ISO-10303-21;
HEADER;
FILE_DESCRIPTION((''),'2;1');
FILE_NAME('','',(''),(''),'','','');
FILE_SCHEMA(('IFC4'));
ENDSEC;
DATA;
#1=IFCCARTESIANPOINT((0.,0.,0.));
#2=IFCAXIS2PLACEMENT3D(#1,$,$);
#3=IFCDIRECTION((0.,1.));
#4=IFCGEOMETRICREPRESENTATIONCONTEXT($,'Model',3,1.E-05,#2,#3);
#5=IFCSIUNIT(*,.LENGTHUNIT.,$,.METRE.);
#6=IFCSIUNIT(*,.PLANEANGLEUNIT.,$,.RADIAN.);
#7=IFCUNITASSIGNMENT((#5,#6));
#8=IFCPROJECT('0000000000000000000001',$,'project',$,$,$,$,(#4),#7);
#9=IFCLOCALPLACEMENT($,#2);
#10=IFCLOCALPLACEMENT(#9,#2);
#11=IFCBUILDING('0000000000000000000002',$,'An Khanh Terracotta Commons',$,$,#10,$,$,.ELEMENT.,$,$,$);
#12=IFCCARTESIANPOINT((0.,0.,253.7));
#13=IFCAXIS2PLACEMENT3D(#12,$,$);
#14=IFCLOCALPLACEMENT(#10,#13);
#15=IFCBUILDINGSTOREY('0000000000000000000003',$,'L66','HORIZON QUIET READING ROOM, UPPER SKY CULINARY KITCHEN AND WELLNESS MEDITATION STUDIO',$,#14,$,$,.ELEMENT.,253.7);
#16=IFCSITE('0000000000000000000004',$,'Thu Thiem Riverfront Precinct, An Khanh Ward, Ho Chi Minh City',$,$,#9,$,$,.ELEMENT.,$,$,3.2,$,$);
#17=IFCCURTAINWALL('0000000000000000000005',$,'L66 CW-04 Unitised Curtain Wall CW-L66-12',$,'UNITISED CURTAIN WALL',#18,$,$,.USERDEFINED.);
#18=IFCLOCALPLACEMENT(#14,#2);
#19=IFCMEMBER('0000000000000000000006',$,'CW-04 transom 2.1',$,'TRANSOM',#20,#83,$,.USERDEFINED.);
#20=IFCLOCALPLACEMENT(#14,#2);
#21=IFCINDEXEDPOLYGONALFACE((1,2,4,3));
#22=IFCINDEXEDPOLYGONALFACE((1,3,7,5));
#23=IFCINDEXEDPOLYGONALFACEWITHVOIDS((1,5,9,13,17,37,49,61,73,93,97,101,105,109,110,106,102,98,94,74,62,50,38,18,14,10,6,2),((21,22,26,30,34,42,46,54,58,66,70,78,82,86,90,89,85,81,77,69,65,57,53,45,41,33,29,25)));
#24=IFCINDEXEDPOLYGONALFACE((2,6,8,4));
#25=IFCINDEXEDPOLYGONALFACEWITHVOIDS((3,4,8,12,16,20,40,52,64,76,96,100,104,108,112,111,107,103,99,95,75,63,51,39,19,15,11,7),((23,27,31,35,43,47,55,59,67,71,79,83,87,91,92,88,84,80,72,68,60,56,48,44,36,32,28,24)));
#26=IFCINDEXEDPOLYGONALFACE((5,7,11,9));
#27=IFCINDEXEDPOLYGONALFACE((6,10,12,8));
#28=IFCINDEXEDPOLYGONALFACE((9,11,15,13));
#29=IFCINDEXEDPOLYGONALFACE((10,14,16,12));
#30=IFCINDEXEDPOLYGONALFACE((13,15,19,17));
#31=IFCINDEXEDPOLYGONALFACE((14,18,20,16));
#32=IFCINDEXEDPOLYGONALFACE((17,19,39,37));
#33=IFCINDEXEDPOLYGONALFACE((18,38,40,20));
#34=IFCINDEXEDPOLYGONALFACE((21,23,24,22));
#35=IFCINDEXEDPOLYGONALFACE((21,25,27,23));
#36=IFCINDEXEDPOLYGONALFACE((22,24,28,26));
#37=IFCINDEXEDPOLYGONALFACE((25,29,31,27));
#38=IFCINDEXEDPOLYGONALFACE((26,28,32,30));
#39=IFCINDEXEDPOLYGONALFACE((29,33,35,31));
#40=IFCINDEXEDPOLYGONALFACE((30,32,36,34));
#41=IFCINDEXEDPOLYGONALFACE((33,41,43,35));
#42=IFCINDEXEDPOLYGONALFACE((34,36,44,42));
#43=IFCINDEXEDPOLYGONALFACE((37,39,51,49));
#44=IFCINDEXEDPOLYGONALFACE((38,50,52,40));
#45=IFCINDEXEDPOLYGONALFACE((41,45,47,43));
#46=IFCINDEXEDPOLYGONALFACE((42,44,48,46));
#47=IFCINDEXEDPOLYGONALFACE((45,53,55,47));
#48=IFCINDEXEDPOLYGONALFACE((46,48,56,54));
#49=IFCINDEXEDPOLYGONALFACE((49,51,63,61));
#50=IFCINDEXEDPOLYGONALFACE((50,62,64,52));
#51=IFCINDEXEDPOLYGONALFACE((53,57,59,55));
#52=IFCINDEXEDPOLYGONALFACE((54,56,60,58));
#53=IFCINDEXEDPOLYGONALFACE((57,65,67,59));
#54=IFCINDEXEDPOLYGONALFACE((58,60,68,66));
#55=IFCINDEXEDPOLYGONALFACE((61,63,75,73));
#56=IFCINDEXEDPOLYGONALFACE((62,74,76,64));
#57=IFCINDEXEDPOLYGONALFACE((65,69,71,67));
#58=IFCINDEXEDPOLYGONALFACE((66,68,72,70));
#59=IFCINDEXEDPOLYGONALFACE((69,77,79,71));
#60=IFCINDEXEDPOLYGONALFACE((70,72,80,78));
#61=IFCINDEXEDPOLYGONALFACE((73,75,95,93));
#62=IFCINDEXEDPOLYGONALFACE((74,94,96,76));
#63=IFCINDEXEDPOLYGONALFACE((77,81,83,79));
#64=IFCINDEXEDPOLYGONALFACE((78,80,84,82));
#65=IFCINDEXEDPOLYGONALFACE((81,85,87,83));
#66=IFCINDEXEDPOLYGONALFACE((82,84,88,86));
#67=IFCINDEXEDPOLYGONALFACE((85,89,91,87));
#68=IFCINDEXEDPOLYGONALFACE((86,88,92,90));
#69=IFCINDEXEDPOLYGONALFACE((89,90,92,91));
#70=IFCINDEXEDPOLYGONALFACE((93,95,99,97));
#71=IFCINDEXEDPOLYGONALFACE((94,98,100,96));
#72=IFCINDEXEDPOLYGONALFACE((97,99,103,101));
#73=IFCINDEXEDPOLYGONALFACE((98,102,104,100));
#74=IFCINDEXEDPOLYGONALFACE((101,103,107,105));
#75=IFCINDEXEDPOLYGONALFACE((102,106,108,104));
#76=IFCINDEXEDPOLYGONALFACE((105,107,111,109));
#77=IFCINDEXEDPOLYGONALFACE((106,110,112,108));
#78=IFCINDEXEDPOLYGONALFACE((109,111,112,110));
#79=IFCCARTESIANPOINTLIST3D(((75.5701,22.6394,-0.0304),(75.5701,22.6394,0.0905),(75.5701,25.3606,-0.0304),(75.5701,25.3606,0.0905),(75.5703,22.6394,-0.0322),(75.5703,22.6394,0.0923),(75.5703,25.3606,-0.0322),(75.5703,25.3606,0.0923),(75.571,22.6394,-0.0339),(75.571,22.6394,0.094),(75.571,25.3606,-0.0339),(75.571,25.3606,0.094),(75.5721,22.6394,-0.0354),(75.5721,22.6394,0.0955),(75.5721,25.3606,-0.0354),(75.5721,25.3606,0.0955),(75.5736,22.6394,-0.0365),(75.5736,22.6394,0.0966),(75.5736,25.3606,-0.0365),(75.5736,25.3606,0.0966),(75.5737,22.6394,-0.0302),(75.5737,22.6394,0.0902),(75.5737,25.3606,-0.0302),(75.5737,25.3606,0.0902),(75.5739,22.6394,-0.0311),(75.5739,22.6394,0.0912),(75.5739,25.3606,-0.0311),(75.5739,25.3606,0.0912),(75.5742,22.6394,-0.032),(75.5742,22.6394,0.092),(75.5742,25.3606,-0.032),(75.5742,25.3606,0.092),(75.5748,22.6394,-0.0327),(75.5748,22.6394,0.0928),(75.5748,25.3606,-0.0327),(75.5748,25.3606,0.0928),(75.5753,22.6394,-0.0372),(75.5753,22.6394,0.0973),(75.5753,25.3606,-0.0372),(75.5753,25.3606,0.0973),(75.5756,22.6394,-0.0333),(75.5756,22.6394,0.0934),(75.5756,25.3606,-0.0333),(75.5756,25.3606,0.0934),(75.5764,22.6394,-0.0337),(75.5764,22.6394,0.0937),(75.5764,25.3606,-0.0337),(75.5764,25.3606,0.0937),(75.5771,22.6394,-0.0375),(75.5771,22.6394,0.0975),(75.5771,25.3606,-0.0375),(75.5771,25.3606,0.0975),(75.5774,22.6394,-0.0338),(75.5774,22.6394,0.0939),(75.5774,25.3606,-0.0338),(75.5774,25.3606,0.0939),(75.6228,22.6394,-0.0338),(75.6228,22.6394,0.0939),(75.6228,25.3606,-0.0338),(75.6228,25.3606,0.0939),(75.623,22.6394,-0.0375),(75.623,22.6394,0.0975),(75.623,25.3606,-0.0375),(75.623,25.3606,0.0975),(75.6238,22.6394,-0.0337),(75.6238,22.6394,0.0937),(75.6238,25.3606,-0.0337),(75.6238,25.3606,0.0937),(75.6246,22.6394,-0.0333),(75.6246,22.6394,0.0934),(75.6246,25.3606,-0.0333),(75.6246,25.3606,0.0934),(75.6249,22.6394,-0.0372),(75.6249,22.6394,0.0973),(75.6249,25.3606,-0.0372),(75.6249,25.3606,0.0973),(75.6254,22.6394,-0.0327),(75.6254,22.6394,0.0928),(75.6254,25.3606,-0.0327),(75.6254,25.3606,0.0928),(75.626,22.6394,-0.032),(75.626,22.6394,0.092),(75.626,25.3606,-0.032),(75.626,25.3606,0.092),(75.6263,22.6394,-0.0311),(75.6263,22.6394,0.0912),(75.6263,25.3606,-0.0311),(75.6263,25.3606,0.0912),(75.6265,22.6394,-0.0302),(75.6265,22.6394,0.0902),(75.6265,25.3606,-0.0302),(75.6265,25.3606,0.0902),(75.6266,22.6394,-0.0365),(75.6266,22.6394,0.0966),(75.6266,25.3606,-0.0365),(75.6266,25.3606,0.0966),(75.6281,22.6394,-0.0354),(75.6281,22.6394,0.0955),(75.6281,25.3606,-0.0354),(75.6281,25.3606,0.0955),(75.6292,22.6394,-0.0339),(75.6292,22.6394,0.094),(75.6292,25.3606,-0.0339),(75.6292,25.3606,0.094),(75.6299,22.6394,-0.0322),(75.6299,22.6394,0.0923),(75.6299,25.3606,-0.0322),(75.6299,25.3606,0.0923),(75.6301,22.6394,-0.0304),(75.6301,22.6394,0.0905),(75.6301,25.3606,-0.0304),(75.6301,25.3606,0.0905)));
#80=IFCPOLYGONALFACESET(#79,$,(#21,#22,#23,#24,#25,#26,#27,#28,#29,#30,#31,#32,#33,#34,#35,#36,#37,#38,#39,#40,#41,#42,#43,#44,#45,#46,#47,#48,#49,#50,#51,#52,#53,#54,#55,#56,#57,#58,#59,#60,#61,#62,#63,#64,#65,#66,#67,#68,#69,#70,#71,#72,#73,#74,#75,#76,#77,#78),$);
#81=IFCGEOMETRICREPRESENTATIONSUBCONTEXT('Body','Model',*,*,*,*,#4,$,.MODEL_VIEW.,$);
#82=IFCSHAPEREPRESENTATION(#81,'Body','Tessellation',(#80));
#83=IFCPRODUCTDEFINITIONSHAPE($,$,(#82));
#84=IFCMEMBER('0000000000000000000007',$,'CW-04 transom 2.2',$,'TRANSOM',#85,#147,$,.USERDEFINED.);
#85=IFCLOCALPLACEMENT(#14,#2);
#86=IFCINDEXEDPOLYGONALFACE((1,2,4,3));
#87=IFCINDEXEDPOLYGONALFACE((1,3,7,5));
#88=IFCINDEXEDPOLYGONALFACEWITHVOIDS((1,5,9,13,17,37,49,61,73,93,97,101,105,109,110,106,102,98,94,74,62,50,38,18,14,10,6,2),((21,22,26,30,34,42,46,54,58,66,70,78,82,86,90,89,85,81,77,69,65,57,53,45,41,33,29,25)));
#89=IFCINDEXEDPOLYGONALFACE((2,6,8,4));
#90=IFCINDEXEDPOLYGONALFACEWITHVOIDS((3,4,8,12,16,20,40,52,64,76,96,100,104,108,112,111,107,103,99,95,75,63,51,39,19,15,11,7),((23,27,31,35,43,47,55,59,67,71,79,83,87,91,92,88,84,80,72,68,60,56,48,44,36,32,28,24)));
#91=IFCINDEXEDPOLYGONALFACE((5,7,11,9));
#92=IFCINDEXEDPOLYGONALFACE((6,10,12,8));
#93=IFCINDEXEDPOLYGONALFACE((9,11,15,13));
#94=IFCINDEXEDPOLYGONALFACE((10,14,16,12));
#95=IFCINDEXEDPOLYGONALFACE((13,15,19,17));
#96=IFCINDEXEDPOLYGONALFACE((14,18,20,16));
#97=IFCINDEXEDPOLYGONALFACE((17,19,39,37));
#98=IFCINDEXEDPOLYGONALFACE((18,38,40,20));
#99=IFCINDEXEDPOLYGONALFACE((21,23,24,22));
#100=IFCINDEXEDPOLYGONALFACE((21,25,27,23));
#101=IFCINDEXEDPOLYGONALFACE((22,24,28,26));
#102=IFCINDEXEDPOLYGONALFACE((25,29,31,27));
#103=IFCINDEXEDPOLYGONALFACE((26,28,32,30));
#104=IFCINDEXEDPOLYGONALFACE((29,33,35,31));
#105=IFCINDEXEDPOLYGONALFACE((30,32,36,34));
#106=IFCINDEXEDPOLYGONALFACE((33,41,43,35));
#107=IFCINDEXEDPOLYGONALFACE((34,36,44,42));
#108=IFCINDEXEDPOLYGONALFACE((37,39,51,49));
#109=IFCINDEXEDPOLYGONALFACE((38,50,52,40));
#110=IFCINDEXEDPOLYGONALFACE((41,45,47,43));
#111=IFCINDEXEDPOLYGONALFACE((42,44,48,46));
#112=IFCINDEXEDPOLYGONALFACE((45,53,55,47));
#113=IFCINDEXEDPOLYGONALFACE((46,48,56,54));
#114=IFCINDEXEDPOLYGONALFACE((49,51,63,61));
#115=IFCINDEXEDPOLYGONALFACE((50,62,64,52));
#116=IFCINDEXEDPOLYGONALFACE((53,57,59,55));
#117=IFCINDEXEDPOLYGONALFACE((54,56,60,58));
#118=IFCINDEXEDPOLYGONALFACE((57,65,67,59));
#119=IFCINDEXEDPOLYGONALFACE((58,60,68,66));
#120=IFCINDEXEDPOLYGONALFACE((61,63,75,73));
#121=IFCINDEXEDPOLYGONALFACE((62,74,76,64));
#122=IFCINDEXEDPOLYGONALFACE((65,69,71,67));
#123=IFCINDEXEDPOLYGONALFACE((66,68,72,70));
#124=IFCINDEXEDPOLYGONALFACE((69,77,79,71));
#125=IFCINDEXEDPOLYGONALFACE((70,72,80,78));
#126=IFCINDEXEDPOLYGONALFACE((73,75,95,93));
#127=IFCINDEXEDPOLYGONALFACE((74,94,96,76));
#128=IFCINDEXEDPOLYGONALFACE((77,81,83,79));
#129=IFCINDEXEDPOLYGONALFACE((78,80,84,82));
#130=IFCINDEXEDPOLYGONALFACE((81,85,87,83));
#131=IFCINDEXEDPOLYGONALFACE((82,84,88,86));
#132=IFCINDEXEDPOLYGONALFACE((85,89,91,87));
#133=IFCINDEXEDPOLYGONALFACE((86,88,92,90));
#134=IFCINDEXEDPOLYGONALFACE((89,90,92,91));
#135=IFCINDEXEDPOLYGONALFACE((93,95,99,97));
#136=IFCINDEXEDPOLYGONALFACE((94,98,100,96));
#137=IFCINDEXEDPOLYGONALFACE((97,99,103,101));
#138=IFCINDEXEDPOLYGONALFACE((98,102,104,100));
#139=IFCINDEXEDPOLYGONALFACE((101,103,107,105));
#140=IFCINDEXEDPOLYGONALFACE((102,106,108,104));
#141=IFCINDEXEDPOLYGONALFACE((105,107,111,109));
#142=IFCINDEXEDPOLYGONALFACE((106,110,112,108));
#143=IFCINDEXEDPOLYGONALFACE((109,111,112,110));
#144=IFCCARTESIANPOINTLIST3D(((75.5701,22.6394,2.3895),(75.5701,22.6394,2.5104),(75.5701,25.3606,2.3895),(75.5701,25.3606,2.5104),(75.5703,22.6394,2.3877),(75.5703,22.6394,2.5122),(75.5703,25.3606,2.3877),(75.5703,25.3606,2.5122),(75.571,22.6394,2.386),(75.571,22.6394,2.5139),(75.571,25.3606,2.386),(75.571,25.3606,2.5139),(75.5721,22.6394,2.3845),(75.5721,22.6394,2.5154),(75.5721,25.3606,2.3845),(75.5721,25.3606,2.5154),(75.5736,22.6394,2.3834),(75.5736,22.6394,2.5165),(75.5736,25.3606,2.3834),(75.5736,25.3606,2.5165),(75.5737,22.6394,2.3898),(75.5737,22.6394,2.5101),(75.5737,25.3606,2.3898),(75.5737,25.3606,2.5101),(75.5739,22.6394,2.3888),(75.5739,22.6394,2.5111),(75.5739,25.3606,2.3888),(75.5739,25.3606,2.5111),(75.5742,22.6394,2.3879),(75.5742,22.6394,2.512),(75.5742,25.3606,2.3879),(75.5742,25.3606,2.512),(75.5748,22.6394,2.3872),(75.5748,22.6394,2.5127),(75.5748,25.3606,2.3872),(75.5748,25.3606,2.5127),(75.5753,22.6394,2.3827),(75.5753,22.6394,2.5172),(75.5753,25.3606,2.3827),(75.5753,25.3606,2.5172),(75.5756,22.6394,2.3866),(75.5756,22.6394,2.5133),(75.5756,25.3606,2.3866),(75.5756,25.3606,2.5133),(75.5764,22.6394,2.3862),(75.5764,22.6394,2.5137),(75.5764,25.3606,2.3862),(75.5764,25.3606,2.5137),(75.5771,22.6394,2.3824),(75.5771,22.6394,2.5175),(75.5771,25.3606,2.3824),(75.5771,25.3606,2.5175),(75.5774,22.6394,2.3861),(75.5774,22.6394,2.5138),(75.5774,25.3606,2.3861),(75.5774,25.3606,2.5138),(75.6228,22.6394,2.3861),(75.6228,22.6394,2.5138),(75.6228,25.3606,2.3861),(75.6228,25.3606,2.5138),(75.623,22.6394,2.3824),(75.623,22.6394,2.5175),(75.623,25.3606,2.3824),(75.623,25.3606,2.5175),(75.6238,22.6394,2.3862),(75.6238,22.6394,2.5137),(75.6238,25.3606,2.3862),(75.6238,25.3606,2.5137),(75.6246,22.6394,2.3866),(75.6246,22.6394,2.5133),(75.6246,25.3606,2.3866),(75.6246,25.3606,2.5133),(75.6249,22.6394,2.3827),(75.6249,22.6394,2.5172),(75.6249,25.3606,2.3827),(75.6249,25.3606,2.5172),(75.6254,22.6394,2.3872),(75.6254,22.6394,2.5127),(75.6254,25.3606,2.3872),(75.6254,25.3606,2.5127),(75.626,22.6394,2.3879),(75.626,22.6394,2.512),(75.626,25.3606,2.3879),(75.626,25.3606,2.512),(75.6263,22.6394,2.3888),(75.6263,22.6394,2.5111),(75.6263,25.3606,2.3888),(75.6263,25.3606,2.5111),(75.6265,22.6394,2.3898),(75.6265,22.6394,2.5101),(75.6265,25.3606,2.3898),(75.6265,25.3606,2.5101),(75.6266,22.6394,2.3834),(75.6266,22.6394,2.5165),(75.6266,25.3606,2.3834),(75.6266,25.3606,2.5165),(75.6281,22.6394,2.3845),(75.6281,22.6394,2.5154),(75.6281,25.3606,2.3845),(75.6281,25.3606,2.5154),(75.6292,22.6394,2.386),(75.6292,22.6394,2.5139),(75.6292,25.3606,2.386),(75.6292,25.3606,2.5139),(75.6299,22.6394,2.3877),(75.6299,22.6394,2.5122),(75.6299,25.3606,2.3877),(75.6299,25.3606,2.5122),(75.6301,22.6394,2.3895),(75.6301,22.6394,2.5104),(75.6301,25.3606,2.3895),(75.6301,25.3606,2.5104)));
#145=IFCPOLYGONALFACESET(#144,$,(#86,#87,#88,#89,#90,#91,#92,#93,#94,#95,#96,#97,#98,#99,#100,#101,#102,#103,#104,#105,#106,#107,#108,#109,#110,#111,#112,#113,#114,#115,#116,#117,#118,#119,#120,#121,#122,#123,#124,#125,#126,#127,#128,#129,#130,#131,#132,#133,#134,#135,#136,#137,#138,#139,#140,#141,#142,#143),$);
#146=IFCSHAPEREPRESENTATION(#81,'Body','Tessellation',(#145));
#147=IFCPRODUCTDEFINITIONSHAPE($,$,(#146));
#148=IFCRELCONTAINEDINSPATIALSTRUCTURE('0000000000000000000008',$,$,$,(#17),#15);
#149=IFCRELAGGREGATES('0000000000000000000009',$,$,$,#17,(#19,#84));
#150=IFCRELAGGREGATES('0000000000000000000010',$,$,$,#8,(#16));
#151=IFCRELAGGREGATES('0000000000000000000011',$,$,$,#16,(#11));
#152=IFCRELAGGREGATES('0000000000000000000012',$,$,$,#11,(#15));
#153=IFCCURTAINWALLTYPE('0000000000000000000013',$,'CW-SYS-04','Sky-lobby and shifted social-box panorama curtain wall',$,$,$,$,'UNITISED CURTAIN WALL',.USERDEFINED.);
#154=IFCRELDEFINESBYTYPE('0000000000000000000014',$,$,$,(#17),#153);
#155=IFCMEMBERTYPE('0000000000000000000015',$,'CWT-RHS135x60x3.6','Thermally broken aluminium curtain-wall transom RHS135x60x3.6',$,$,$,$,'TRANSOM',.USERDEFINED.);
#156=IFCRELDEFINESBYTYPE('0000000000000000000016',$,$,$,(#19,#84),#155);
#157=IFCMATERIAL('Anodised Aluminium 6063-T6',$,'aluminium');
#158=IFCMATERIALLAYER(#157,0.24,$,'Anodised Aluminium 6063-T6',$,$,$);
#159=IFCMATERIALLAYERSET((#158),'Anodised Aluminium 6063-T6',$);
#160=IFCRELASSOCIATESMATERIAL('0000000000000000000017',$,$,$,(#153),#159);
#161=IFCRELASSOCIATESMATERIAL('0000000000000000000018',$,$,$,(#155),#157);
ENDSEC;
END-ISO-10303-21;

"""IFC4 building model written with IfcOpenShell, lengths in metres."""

from ifc_helpers import new_model, si_unit, direction, frame, origin, origin_2d, place, context, subcontext, project, spatial, hollow_rectangle, extrude, material, layer, layer_set, material_profile, profile_set, type_object, element, aggregate, save


model = new_model("IFC4")

# Units and contexts
model_context = context("Model", 3, precision=1e-05, world=origin(), true_north=direction((0.0, 1.0)))
body_context = subcontext(model_context, "Body", "Model", "MODEL_VIEW")
ifc_project = project(units=[si_unit("LENGTHUNIT", "METRE"), si_unit("PLANEANGLEUNIT", "RADIAN")], contexts=[model_context])

# Site, building, storey
site_placement = place(None, origin())
site = spatial("IfcSite", under=ifc_project, at=site_placement, Name="Thu Thiem Riverfront Precinct, An Khanh Ward, Ho Chi Minh City", CompositionType="ELEMENT", RefElevation=3.2)
building_placement = place(site_placement, origin())
building = spatial("IfcBuilding", under=site, at=building_placement, Name="An Khanh Terracotta Commons", CompositionType="ELEMENT")
storey_placement = place(building_placement, frame((0.0, 0.0, 253.7)))
storey = spatial("IfcBuildingStorey", under=building, at=storey_placement, Name="L66", Description="HORIZON QUIET READING ROOM, UPPER SKY CULINARY KITCHEN AND WELLNESS MEDITATION STUDIO", CompositionType="ELEMENT", Elevation=253.7)

# Curtain wall
ifc_material_1 = material(Name="Anodised Aluminium 6063-T6", Category="aluminium")
ifc_layer_1 = layer(ifc_material_1, 0.24, Name="Anodised Aluminium 6063-T6")
ifc_layer_set_1 = layer_set([ifc_layer_1], Name="Anodised Aluminium 6063-T6")
curtain_wall_type = type_object("IfcCurtainWallType", Name="CW-SYS-04", Description="Sky-lobby and shifted social-box panorama curtain wall", ElementType="UNITISED CURTAIN WALL", PredefinedType="USERDEFINED", material=ifc_layer_set_1)
curtain_wall_1_placement = place(storey_placement, origin())
curtain_wall_1 = element("IfcCurtainWall", 1, at=curtain_wall_1_placement, inside=storey, type_object=curtain_wall_type, Name="L66 CW-04 Unitised Curtain Wall CW-L66-12", ObjectType="UNITISED CURTAIN WALL", PredefinedType="USERDEFINED")

# Members
ifc_material_profile_1 = material_profile(ifc_material_1, hollow_rectangle(XDim=0.0601, YDim=0.135, WallThickness=0.0037, InnerFilletRadius=0.0037, OuterFilletRadius=0.0071, at=origin_2d()), Name="RHS135x60x3.6")
ifc_profile_set_1 = profile_set([ifc_material_profile_1], Name="Anodised Aluminium 6063-T6")
member_type_1 = type_object("IfcMemberType", Name="CWT-RHS135x60x3.6", Description="Thermally broken aluminium curtain-wall transom RHS135x60x3.6", ElementType="TRANSOM", PredefinedType="USERDEFINED", material=ifc_profile_set_1)
member_1_placement = place(storey_placement, frame((75.6001, 22.6394, 0.03), z_axis=(0.0, 1.0, 0.0), x_axis=(-1.0, 0.0, 0.0)))
member_1 = element("IfcMember", 2, at=member_1_placement, type_object=member_type_1, Name="CW-04 transom 2.1", ObjectType="TRANSOM", PredefinedType="USERDEFINED", context=body_context, shape_type="SweptSolid", body=[
    extrude(hollow_rectangle(XDim=0.0601, YDim=0.135, WallThickness=0.0037, InnerFilletRadius=0.0037, OuterFilletRadius=0.0071, at=origin_2d()), origin(), (0.0, 0.0, 1.0), 2.7212),
])
member_2_placement = place(storey_placement, frame((75.6001, 22.6394, 2.45), z_axis=(0.0, 1.0, 0.0), x_axis=(-1.0, 0.0, 0.0)))
member_2 = element("IfcMember", 3, at=member_2_placement, type_object=member_type_1, Name="CW-04 transom 2.2", ObjectType="TRANSOM", PredefinedType="USERDEFINED", context=body_context, shape_type="SweptSolid", body=[
    extrude(hollow_rectangle(XDim=0.0601, YDim=0.135, WallThickness=0.0037, InnerFilletRadius=0.0037, OuterFilletRadius=0.0071, at=origin_2d()), origin(), (0.0, 0.0, 1.0), 2.7212),
])

aggregate(curtain_wall_1, [member_1, member_2])

save(model, "model.ifc")
